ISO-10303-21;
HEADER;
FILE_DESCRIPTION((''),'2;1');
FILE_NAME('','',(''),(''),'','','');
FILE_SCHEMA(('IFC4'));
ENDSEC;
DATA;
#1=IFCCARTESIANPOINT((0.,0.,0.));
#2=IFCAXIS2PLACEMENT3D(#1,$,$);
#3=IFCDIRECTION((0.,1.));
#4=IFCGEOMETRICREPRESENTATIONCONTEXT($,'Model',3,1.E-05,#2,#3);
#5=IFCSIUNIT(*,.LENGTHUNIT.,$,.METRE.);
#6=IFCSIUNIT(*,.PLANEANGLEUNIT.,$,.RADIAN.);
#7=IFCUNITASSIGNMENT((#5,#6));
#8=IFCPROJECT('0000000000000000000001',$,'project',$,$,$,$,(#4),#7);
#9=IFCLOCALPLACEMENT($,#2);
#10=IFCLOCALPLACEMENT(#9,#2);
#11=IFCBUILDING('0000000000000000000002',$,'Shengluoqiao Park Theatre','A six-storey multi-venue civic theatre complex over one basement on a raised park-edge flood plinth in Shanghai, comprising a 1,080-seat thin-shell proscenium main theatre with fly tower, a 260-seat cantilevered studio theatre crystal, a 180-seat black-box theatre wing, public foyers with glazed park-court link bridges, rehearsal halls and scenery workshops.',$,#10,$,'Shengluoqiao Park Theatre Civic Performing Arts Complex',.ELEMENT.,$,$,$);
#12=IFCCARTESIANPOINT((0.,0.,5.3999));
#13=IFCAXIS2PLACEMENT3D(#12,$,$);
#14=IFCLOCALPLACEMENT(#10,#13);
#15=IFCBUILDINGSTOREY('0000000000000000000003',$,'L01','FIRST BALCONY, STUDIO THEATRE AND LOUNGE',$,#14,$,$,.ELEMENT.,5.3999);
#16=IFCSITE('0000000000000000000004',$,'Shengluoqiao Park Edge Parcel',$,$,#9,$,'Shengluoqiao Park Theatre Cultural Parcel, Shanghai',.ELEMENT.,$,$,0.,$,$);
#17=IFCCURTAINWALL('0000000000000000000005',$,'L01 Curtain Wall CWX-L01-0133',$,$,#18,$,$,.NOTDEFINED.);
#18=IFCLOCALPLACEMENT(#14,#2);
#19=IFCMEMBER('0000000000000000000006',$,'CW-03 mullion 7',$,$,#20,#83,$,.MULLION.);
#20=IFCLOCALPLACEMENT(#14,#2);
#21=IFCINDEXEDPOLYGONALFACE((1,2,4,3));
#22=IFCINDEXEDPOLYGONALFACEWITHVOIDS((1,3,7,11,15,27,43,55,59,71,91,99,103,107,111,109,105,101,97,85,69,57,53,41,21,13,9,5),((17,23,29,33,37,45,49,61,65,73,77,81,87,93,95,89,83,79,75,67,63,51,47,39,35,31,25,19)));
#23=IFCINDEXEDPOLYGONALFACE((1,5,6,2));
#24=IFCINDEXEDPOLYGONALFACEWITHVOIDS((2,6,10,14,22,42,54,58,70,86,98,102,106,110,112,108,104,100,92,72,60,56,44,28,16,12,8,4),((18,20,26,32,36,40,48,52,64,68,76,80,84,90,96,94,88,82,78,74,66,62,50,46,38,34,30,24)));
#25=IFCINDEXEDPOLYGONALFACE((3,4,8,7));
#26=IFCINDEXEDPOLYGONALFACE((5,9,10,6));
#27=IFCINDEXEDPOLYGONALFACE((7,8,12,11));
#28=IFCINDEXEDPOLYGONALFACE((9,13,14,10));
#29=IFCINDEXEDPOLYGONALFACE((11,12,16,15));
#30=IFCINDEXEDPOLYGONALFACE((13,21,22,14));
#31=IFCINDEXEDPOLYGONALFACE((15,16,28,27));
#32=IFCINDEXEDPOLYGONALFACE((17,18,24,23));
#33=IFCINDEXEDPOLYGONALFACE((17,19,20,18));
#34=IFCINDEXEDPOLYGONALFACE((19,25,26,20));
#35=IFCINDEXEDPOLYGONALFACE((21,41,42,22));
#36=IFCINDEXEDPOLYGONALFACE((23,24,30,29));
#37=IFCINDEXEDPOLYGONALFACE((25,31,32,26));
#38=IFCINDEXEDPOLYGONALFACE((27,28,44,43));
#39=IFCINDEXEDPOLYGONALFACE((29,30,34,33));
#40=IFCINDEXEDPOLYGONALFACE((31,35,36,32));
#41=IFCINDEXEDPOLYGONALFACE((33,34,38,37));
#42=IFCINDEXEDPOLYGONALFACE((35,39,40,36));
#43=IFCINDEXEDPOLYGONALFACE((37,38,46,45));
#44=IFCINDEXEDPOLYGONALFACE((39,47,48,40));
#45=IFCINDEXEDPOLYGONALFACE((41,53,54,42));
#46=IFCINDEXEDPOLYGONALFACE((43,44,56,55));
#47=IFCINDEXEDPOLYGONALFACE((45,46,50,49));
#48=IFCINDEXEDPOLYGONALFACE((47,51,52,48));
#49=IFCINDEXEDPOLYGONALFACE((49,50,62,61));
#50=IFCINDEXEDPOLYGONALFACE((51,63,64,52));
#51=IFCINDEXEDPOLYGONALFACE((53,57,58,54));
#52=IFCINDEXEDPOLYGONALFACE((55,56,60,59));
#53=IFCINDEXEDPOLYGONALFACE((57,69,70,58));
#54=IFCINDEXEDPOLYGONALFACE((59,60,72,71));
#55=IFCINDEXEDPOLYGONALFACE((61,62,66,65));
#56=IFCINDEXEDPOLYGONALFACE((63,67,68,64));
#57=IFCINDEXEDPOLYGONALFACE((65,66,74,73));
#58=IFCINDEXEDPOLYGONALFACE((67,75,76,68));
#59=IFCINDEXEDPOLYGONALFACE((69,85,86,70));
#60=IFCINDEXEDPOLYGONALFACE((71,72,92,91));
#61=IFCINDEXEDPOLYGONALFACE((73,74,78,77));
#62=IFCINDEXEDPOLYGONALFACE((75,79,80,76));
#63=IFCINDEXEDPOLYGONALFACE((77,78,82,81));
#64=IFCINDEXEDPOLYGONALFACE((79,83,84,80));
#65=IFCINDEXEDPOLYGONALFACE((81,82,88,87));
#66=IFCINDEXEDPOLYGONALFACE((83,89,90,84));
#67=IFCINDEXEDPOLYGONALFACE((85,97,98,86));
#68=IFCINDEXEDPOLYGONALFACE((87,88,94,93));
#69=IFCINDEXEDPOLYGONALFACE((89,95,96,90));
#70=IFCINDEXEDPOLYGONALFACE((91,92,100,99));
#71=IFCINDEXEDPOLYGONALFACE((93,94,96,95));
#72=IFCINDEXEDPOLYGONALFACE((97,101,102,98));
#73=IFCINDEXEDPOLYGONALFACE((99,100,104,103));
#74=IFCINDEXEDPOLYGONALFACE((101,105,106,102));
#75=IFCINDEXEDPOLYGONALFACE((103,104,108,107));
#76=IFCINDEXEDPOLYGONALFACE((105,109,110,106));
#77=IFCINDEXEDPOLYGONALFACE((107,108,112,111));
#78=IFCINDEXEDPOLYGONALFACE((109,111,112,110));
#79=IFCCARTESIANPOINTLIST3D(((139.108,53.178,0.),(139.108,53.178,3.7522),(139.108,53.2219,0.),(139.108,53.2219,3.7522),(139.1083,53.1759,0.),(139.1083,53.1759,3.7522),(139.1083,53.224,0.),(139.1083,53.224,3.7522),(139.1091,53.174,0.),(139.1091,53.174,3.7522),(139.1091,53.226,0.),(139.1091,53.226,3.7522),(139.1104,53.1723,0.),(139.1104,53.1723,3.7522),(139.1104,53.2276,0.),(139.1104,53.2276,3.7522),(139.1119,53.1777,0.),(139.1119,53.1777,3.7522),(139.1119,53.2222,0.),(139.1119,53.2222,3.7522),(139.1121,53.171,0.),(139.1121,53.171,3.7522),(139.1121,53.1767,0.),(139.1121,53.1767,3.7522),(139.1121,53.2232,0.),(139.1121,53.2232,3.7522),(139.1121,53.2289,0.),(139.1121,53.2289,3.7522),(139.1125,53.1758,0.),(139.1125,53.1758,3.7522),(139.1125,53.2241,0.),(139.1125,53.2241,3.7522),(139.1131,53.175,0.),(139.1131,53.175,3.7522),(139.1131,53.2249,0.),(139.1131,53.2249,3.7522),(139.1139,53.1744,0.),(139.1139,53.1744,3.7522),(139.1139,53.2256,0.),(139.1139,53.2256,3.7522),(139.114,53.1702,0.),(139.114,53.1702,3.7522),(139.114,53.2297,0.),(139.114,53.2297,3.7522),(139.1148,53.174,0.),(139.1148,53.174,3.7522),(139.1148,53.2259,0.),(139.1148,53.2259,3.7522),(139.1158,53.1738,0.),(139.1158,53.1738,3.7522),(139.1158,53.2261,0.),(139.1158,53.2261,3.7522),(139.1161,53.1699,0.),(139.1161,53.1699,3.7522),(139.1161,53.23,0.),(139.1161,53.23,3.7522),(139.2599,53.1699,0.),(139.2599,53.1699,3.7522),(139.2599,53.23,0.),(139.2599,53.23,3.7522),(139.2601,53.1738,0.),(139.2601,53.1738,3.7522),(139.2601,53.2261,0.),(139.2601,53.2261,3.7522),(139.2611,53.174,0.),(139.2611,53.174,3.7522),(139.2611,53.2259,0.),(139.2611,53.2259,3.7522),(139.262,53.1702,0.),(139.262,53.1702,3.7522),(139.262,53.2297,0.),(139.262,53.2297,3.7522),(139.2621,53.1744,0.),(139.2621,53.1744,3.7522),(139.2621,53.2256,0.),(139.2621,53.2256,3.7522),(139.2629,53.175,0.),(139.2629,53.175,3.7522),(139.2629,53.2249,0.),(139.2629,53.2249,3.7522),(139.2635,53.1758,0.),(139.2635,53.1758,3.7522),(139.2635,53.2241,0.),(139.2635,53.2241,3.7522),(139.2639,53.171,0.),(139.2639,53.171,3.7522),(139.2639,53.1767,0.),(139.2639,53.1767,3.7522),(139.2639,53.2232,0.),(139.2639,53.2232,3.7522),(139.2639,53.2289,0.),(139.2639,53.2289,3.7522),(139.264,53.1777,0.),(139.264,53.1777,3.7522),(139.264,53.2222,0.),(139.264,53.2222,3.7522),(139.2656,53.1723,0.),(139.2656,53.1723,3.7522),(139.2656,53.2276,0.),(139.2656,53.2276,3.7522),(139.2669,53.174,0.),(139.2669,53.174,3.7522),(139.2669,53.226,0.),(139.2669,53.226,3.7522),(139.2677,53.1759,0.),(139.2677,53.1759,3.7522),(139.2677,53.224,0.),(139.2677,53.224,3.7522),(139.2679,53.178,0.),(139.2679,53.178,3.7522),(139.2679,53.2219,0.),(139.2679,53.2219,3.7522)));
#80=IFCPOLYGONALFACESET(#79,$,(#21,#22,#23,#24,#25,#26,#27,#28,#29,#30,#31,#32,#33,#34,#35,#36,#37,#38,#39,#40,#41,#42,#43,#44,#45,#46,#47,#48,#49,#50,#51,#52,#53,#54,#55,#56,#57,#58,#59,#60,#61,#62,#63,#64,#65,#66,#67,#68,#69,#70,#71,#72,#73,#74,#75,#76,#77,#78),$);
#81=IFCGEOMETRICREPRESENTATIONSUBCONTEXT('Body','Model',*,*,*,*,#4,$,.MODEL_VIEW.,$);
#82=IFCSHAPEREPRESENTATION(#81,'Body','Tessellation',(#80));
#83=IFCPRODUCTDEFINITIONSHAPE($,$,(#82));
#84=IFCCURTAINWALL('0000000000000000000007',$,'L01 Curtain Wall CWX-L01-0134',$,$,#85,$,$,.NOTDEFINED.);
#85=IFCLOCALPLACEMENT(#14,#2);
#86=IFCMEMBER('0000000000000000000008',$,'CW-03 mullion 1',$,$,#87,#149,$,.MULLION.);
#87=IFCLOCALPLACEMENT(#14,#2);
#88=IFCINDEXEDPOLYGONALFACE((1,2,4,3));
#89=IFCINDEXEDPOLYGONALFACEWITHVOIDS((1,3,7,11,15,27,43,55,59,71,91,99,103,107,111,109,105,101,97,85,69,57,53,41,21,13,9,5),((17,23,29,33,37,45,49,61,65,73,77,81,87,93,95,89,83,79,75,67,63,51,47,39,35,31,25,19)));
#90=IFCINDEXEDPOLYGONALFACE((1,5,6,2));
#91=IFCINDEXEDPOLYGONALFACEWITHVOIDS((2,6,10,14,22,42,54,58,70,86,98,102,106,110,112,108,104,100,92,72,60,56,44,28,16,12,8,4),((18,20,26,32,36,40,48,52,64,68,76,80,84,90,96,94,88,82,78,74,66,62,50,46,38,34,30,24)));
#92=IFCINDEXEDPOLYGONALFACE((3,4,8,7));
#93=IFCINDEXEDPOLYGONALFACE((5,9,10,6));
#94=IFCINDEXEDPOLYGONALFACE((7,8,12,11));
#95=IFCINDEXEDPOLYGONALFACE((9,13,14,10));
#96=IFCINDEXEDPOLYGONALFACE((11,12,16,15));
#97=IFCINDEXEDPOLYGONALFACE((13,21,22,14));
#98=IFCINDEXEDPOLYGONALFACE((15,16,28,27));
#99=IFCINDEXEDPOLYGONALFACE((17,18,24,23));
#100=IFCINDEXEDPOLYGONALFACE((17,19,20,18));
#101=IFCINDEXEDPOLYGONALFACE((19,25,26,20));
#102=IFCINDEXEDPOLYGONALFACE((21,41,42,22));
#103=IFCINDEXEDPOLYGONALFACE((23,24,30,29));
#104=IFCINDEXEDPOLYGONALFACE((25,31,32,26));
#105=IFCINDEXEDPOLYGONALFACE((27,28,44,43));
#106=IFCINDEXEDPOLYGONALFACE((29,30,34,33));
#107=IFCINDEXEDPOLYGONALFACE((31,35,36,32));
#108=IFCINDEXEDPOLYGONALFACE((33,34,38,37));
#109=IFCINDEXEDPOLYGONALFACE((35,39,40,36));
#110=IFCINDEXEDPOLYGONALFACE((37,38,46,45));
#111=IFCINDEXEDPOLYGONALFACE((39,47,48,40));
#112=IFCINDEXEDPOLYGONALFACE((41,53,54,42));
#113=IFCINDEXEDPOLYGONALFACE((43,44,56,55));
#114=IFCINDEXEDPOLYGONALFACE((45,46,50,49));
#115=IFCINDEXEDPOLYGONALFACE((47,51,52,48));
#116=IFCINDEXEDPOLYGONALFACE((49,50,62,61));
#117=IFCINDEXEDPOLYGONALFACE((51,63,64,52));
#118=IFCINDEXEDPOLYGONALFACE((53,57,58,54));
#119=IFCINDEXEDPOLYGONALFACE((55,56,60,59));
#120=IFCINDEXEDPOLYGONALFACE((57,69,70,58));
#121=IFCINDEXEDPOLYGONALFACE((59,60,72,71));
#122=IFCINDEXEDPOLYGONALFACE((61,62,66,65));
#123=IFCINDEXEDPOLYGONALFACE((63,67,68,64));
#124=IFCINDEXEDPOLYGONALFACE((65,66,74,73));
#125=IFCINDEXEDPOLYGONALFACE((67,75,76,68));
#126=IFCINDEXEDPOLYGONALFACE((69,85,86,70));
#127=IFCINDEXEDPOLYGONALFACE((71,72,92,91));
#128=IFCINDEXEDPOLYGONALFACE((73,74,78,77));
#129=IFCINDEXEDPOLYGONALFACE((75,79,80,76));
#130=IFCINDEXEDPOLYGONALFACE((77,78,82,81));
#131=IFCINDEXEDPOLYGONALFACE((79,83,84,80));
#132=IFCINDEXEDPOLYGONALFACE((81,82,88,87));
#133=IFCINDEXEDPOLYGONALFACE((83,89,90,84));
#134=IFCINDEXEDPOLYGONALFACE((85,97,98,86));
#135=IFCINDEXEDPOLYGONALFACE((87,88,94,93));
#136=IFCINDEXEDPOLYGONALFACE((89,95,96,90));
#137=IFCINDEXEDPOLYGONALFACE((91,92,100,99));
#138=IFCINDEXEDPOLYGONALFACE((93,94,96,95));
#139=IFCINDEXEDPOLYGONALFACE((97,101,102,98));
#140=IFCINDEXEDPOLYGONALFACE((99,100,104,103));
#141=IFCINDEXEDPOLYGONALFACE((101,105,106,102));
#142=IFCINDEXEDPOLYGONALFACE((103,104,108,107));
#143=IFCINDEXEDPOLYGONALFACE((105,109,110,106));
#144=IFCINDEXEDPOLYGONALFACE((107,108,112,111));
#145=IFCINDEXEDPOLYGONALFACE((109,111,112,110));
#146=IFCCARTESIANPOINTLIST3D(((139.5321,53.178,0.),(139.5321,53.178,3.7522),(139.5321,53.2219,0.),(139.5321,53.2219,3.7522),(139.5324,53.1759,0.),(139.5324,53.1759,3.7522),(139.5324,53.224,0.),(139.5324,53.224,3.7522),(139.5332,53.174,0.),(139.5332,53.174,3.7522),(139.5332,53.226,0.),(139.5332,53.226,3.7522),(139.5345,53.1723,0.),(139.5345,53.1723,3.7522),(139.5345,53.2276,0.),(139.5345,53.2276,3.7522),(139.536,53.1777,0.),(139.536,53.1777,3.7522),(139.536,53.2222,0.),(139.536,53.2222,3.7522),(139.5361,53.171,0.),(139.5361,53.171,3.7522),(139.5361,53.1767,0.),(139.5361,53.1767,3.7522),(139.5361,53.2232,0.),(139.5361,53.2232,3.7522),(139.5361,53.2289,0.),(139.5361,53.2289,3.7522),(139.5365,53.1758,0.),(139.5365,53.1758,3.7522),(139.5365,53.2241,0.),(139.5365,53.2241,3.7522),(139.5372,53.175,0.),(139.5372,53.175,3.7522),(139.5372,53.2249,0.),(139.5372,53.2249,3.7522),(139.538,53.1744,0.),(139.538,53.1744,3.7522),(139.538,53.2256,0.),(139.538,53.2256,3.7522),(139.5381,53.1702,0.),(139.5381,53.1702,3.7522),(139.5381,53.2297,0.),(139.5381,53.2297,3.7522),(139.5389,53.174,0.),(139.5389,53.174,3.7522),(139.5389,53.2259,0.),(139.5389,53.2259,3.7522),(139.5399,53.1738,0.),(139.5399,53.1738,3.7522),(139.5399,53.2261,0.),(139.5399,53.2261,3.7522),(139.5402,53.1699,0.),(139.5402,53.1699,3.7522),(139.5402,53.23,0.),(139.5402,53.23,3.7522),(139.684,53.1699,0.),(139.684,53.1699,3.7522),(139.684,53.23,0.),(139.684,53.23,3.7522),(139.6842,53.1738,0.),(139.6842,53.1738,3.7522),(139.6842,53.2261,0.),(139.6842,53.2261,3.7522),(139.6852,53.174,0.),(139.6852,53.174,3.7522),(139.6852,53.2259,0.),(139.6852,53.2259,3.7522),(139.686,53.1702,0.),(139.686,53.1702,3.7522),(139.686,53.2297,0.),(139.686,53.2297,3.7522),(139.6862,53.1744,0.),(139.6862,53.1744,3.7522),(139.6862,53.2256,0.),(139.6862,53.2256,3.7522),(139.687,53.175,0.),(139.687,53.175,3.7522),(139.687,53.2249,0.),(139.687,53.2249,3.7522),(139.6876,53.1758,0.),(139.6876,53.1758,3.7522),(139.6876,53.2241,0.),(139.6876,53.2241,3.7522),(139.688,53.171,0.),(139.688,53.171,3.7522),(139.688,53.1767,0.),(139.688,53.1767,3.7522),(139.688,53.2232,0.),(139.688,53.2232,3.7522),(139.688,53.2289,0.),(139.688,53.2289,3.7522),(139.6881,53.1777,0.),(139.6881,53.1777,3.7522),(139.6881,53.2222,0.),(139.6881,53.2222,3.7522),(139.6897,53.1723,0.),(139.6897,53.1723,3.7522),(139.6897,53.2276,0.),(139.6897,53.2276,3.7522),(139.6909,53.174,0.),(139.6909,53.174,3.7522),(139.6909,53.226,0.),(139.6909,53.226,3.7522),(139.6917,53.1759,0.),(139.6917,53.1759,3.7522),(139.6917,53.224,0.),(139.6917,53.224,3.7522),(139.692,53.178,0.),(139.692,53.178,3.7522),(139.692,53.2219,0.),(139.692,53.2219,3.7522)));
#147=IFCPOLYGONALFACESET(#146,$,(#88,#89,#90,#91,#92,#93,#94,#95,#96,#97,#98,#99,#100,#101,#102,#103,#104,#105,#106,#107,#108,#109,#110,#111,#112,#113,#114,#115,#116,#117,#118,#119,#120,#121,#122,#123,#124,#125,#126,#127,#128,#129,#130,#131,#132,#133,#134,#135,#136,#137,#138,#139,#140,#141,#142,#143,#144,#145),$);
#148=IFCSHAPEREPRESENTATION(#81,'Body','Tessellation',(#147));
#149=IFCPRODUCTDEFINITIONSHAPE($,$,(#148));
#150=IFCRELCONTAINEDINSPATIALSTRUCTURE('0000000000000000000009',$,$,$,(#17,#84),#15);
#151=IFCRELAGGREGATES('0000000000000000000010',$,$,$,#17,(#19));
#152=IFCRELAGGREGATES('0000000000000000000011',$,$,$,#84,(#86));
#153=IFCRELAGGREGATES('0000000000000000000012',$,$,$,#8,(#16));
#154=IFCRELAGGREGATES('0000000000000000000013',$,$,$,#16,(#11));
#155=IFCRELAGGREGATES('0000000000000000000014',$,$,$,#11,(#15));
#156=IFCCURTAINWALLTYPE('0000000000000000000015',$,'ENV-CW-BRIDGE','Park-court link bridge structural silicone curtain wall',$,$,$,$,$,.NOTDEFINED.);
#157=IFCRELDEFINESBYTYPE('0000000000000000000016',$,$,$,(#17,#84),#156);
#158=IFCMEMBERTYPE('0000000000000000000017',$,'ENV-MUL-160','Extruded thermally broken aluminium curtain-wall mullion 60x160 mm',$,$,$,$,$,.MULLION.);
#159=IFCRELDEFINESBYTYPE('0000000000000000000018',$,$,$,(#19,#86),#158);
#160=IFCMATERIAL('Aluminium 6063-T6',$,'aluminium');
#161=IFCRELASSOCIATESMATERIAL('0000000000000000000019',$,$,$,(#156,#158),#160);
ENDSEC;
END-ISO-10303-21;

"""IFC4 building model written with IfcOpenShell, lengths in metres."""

from ifc_helpers import new_model, si_unit, direction, frame, origin, origin_2d, place, context, subcontext, project, spatial, hollow_rectangle, extrude, material, material_profile, profile_set, type_object, element, aggregate, save


model = new_model("IFC4")

# Units and contexts
model_context = context("Model", 3, precision=1e-05, world=origin(), true_north=direction((0.0, 1.0)))
body_context = subcontext(model_context, "Body", "Model", "MODEL_VIEW")
ifc_project = project(units=[si_unit("LENGTHUNIT", "METRE"), si_unit("PLANEANGLEUNIT", "RADIAN")], contexts=[model_context])

# Site, building, storey
site_placement = place(None, origin())
site = spatial("IfcSite", under=ifc_project, at=site_placement, Name="Shengluoqiao Park Edge Parcel", LongName="Shengluoqiao Park Theatre Cultural Parcel, Shanghai", CompositionType="ELEMENT", RefElevation=0.0)
building_placement = place(site_placement, origin())
building = spatial("IfcBuilding", under=site, at=building_placement, Name="Shengluoqiao Park Theatre", Description="A six-storey multi-venue civic theatre complex over one basement on a raised park-edge flood plinth in Shanghai, comprising a 1,080-seat thin-shell proscenium main theatre with fly tower, a 260-seat cantilevered studio theatre crystal, a 180-seat black-box theatre wing, public foyers with glazed park-court link bridges, rehearsal halls and scenery workshops.", LongName="Shengluoqiao Park Theatre Civic Performing Arts Complex", CompositionType="ELEMENT")
storey_placement = place(building_placement, frame((0.0, 0.0, 5.3999)))
storey = spatial("IfcBuildingStorey", under=building, at=storey_placement, Name="L01", Description="FIRST BALCONY, STUDIO THEATRE AND LOUNGE", CompositionType="ELEMENT", Elevation=5.3999)

# Curtain walls, members
ifc_material_1 = material(Name="Aluminium 6063-T6", Category="aluminium")
curtain_wall_type = type_object("IfcCurtainWallType", Name="ENV-CW-BRIDGE", Description="Park-court link bridge structural silicone curtain wall", PredefinedType="NOTDEFINED", material=ifc_material_1)
curtain_wall_1_placement = place(storey_placement, origin())
curtain_wall_1 = element("IfcCurtainWall", 1, at=curtain_wall_1_placement, inside=storey, type_object=curtain_wall_type, Name="L01 Curtain Wall CWX-L01-0133", PredefinedType="NOTDEFINED")
ifc_material_profile_1 = material_profile(ifc_material_1, hollow_rectangle(XDim=0.0601, YDim=0.1599, WallThickness=0.0039, InnerFilletRadius=0.0039, OuterFilletRadius=0.0081, at=origin_2d()), Name="ALU MULLION 160x60x4")
ifc_profile_set_1 = profile_set([ifc_material_profile_1], Name="Aluminium 6063-T6")
member_type_1 = type_object("IfcMemberType", Name="ENV-MUL-160", Description="Extruded thermally broken aluminium curtain-wall mullion 60x160 mm", PredefinedType="MULLION", material=ifc_profile_set_1)
member_1_placement = place(storey_placement, frame((139.188, 53.2, 0.0), z_axis=(0.0, 0.0, 1.0), x_axis=(0.0, 1.0, 0.0)))
member_1 = element("IfcMember", 2, at=member_1_placement, type_object=member_type_1, Name="CW-03 mullion 7", PredefinedType="MULLION", context=body_context, shape_type="SweptSolid", body=[
    extrude(hollow_rectangle(XDim=0.0601, YDim=0.1599, WallThickness=0.0039, InnerFilletRadius=0.0039, OuterFilletRadius=0.0081, at=origin_2d()), origin(), (0.0, 0.0, 1.0), 3.7522),
])
curtain_wall_2_placement = place(storey_placement, origin())
curtain_wall_2 = element("IfcCurtainWall", 3, at=curtain_wall_2_placement, inside=storey, type_object=curtain_wall_type, Name="L01 Curtain Wall CWX-L01-0134", PredefinedType="NOTDEFINED")
member_2_placement = place(storey_placement, frame((139.6121, 53.2, 0.0), z_axis=(0.0, 0.0, 1.0), x_axis=(0.0, 1.0, 0.0)))
member_2 = element("IfcMember", 4, at=member_2_placement, type_object=member_type_1, Name="CW-03 mullion 1", PredefinedType="MULLION", context=body_context, shape_type="SweptSolid", body=[
    extrude(hollow_rectangle(XDim=0.0601, YDim=0.1599, WallThickness=0.0039, InnerFilletRadius=0.0039, OuterFilletRadius=0.0081, at=origin_2d()), origin(), (0.0, 0.0, 1.0), 3.7522),
])

aggregate(curtain_wall_1, [member_1])
aggregate(curtain_wall_2, [member_2])

save(model, "model.ifc")
